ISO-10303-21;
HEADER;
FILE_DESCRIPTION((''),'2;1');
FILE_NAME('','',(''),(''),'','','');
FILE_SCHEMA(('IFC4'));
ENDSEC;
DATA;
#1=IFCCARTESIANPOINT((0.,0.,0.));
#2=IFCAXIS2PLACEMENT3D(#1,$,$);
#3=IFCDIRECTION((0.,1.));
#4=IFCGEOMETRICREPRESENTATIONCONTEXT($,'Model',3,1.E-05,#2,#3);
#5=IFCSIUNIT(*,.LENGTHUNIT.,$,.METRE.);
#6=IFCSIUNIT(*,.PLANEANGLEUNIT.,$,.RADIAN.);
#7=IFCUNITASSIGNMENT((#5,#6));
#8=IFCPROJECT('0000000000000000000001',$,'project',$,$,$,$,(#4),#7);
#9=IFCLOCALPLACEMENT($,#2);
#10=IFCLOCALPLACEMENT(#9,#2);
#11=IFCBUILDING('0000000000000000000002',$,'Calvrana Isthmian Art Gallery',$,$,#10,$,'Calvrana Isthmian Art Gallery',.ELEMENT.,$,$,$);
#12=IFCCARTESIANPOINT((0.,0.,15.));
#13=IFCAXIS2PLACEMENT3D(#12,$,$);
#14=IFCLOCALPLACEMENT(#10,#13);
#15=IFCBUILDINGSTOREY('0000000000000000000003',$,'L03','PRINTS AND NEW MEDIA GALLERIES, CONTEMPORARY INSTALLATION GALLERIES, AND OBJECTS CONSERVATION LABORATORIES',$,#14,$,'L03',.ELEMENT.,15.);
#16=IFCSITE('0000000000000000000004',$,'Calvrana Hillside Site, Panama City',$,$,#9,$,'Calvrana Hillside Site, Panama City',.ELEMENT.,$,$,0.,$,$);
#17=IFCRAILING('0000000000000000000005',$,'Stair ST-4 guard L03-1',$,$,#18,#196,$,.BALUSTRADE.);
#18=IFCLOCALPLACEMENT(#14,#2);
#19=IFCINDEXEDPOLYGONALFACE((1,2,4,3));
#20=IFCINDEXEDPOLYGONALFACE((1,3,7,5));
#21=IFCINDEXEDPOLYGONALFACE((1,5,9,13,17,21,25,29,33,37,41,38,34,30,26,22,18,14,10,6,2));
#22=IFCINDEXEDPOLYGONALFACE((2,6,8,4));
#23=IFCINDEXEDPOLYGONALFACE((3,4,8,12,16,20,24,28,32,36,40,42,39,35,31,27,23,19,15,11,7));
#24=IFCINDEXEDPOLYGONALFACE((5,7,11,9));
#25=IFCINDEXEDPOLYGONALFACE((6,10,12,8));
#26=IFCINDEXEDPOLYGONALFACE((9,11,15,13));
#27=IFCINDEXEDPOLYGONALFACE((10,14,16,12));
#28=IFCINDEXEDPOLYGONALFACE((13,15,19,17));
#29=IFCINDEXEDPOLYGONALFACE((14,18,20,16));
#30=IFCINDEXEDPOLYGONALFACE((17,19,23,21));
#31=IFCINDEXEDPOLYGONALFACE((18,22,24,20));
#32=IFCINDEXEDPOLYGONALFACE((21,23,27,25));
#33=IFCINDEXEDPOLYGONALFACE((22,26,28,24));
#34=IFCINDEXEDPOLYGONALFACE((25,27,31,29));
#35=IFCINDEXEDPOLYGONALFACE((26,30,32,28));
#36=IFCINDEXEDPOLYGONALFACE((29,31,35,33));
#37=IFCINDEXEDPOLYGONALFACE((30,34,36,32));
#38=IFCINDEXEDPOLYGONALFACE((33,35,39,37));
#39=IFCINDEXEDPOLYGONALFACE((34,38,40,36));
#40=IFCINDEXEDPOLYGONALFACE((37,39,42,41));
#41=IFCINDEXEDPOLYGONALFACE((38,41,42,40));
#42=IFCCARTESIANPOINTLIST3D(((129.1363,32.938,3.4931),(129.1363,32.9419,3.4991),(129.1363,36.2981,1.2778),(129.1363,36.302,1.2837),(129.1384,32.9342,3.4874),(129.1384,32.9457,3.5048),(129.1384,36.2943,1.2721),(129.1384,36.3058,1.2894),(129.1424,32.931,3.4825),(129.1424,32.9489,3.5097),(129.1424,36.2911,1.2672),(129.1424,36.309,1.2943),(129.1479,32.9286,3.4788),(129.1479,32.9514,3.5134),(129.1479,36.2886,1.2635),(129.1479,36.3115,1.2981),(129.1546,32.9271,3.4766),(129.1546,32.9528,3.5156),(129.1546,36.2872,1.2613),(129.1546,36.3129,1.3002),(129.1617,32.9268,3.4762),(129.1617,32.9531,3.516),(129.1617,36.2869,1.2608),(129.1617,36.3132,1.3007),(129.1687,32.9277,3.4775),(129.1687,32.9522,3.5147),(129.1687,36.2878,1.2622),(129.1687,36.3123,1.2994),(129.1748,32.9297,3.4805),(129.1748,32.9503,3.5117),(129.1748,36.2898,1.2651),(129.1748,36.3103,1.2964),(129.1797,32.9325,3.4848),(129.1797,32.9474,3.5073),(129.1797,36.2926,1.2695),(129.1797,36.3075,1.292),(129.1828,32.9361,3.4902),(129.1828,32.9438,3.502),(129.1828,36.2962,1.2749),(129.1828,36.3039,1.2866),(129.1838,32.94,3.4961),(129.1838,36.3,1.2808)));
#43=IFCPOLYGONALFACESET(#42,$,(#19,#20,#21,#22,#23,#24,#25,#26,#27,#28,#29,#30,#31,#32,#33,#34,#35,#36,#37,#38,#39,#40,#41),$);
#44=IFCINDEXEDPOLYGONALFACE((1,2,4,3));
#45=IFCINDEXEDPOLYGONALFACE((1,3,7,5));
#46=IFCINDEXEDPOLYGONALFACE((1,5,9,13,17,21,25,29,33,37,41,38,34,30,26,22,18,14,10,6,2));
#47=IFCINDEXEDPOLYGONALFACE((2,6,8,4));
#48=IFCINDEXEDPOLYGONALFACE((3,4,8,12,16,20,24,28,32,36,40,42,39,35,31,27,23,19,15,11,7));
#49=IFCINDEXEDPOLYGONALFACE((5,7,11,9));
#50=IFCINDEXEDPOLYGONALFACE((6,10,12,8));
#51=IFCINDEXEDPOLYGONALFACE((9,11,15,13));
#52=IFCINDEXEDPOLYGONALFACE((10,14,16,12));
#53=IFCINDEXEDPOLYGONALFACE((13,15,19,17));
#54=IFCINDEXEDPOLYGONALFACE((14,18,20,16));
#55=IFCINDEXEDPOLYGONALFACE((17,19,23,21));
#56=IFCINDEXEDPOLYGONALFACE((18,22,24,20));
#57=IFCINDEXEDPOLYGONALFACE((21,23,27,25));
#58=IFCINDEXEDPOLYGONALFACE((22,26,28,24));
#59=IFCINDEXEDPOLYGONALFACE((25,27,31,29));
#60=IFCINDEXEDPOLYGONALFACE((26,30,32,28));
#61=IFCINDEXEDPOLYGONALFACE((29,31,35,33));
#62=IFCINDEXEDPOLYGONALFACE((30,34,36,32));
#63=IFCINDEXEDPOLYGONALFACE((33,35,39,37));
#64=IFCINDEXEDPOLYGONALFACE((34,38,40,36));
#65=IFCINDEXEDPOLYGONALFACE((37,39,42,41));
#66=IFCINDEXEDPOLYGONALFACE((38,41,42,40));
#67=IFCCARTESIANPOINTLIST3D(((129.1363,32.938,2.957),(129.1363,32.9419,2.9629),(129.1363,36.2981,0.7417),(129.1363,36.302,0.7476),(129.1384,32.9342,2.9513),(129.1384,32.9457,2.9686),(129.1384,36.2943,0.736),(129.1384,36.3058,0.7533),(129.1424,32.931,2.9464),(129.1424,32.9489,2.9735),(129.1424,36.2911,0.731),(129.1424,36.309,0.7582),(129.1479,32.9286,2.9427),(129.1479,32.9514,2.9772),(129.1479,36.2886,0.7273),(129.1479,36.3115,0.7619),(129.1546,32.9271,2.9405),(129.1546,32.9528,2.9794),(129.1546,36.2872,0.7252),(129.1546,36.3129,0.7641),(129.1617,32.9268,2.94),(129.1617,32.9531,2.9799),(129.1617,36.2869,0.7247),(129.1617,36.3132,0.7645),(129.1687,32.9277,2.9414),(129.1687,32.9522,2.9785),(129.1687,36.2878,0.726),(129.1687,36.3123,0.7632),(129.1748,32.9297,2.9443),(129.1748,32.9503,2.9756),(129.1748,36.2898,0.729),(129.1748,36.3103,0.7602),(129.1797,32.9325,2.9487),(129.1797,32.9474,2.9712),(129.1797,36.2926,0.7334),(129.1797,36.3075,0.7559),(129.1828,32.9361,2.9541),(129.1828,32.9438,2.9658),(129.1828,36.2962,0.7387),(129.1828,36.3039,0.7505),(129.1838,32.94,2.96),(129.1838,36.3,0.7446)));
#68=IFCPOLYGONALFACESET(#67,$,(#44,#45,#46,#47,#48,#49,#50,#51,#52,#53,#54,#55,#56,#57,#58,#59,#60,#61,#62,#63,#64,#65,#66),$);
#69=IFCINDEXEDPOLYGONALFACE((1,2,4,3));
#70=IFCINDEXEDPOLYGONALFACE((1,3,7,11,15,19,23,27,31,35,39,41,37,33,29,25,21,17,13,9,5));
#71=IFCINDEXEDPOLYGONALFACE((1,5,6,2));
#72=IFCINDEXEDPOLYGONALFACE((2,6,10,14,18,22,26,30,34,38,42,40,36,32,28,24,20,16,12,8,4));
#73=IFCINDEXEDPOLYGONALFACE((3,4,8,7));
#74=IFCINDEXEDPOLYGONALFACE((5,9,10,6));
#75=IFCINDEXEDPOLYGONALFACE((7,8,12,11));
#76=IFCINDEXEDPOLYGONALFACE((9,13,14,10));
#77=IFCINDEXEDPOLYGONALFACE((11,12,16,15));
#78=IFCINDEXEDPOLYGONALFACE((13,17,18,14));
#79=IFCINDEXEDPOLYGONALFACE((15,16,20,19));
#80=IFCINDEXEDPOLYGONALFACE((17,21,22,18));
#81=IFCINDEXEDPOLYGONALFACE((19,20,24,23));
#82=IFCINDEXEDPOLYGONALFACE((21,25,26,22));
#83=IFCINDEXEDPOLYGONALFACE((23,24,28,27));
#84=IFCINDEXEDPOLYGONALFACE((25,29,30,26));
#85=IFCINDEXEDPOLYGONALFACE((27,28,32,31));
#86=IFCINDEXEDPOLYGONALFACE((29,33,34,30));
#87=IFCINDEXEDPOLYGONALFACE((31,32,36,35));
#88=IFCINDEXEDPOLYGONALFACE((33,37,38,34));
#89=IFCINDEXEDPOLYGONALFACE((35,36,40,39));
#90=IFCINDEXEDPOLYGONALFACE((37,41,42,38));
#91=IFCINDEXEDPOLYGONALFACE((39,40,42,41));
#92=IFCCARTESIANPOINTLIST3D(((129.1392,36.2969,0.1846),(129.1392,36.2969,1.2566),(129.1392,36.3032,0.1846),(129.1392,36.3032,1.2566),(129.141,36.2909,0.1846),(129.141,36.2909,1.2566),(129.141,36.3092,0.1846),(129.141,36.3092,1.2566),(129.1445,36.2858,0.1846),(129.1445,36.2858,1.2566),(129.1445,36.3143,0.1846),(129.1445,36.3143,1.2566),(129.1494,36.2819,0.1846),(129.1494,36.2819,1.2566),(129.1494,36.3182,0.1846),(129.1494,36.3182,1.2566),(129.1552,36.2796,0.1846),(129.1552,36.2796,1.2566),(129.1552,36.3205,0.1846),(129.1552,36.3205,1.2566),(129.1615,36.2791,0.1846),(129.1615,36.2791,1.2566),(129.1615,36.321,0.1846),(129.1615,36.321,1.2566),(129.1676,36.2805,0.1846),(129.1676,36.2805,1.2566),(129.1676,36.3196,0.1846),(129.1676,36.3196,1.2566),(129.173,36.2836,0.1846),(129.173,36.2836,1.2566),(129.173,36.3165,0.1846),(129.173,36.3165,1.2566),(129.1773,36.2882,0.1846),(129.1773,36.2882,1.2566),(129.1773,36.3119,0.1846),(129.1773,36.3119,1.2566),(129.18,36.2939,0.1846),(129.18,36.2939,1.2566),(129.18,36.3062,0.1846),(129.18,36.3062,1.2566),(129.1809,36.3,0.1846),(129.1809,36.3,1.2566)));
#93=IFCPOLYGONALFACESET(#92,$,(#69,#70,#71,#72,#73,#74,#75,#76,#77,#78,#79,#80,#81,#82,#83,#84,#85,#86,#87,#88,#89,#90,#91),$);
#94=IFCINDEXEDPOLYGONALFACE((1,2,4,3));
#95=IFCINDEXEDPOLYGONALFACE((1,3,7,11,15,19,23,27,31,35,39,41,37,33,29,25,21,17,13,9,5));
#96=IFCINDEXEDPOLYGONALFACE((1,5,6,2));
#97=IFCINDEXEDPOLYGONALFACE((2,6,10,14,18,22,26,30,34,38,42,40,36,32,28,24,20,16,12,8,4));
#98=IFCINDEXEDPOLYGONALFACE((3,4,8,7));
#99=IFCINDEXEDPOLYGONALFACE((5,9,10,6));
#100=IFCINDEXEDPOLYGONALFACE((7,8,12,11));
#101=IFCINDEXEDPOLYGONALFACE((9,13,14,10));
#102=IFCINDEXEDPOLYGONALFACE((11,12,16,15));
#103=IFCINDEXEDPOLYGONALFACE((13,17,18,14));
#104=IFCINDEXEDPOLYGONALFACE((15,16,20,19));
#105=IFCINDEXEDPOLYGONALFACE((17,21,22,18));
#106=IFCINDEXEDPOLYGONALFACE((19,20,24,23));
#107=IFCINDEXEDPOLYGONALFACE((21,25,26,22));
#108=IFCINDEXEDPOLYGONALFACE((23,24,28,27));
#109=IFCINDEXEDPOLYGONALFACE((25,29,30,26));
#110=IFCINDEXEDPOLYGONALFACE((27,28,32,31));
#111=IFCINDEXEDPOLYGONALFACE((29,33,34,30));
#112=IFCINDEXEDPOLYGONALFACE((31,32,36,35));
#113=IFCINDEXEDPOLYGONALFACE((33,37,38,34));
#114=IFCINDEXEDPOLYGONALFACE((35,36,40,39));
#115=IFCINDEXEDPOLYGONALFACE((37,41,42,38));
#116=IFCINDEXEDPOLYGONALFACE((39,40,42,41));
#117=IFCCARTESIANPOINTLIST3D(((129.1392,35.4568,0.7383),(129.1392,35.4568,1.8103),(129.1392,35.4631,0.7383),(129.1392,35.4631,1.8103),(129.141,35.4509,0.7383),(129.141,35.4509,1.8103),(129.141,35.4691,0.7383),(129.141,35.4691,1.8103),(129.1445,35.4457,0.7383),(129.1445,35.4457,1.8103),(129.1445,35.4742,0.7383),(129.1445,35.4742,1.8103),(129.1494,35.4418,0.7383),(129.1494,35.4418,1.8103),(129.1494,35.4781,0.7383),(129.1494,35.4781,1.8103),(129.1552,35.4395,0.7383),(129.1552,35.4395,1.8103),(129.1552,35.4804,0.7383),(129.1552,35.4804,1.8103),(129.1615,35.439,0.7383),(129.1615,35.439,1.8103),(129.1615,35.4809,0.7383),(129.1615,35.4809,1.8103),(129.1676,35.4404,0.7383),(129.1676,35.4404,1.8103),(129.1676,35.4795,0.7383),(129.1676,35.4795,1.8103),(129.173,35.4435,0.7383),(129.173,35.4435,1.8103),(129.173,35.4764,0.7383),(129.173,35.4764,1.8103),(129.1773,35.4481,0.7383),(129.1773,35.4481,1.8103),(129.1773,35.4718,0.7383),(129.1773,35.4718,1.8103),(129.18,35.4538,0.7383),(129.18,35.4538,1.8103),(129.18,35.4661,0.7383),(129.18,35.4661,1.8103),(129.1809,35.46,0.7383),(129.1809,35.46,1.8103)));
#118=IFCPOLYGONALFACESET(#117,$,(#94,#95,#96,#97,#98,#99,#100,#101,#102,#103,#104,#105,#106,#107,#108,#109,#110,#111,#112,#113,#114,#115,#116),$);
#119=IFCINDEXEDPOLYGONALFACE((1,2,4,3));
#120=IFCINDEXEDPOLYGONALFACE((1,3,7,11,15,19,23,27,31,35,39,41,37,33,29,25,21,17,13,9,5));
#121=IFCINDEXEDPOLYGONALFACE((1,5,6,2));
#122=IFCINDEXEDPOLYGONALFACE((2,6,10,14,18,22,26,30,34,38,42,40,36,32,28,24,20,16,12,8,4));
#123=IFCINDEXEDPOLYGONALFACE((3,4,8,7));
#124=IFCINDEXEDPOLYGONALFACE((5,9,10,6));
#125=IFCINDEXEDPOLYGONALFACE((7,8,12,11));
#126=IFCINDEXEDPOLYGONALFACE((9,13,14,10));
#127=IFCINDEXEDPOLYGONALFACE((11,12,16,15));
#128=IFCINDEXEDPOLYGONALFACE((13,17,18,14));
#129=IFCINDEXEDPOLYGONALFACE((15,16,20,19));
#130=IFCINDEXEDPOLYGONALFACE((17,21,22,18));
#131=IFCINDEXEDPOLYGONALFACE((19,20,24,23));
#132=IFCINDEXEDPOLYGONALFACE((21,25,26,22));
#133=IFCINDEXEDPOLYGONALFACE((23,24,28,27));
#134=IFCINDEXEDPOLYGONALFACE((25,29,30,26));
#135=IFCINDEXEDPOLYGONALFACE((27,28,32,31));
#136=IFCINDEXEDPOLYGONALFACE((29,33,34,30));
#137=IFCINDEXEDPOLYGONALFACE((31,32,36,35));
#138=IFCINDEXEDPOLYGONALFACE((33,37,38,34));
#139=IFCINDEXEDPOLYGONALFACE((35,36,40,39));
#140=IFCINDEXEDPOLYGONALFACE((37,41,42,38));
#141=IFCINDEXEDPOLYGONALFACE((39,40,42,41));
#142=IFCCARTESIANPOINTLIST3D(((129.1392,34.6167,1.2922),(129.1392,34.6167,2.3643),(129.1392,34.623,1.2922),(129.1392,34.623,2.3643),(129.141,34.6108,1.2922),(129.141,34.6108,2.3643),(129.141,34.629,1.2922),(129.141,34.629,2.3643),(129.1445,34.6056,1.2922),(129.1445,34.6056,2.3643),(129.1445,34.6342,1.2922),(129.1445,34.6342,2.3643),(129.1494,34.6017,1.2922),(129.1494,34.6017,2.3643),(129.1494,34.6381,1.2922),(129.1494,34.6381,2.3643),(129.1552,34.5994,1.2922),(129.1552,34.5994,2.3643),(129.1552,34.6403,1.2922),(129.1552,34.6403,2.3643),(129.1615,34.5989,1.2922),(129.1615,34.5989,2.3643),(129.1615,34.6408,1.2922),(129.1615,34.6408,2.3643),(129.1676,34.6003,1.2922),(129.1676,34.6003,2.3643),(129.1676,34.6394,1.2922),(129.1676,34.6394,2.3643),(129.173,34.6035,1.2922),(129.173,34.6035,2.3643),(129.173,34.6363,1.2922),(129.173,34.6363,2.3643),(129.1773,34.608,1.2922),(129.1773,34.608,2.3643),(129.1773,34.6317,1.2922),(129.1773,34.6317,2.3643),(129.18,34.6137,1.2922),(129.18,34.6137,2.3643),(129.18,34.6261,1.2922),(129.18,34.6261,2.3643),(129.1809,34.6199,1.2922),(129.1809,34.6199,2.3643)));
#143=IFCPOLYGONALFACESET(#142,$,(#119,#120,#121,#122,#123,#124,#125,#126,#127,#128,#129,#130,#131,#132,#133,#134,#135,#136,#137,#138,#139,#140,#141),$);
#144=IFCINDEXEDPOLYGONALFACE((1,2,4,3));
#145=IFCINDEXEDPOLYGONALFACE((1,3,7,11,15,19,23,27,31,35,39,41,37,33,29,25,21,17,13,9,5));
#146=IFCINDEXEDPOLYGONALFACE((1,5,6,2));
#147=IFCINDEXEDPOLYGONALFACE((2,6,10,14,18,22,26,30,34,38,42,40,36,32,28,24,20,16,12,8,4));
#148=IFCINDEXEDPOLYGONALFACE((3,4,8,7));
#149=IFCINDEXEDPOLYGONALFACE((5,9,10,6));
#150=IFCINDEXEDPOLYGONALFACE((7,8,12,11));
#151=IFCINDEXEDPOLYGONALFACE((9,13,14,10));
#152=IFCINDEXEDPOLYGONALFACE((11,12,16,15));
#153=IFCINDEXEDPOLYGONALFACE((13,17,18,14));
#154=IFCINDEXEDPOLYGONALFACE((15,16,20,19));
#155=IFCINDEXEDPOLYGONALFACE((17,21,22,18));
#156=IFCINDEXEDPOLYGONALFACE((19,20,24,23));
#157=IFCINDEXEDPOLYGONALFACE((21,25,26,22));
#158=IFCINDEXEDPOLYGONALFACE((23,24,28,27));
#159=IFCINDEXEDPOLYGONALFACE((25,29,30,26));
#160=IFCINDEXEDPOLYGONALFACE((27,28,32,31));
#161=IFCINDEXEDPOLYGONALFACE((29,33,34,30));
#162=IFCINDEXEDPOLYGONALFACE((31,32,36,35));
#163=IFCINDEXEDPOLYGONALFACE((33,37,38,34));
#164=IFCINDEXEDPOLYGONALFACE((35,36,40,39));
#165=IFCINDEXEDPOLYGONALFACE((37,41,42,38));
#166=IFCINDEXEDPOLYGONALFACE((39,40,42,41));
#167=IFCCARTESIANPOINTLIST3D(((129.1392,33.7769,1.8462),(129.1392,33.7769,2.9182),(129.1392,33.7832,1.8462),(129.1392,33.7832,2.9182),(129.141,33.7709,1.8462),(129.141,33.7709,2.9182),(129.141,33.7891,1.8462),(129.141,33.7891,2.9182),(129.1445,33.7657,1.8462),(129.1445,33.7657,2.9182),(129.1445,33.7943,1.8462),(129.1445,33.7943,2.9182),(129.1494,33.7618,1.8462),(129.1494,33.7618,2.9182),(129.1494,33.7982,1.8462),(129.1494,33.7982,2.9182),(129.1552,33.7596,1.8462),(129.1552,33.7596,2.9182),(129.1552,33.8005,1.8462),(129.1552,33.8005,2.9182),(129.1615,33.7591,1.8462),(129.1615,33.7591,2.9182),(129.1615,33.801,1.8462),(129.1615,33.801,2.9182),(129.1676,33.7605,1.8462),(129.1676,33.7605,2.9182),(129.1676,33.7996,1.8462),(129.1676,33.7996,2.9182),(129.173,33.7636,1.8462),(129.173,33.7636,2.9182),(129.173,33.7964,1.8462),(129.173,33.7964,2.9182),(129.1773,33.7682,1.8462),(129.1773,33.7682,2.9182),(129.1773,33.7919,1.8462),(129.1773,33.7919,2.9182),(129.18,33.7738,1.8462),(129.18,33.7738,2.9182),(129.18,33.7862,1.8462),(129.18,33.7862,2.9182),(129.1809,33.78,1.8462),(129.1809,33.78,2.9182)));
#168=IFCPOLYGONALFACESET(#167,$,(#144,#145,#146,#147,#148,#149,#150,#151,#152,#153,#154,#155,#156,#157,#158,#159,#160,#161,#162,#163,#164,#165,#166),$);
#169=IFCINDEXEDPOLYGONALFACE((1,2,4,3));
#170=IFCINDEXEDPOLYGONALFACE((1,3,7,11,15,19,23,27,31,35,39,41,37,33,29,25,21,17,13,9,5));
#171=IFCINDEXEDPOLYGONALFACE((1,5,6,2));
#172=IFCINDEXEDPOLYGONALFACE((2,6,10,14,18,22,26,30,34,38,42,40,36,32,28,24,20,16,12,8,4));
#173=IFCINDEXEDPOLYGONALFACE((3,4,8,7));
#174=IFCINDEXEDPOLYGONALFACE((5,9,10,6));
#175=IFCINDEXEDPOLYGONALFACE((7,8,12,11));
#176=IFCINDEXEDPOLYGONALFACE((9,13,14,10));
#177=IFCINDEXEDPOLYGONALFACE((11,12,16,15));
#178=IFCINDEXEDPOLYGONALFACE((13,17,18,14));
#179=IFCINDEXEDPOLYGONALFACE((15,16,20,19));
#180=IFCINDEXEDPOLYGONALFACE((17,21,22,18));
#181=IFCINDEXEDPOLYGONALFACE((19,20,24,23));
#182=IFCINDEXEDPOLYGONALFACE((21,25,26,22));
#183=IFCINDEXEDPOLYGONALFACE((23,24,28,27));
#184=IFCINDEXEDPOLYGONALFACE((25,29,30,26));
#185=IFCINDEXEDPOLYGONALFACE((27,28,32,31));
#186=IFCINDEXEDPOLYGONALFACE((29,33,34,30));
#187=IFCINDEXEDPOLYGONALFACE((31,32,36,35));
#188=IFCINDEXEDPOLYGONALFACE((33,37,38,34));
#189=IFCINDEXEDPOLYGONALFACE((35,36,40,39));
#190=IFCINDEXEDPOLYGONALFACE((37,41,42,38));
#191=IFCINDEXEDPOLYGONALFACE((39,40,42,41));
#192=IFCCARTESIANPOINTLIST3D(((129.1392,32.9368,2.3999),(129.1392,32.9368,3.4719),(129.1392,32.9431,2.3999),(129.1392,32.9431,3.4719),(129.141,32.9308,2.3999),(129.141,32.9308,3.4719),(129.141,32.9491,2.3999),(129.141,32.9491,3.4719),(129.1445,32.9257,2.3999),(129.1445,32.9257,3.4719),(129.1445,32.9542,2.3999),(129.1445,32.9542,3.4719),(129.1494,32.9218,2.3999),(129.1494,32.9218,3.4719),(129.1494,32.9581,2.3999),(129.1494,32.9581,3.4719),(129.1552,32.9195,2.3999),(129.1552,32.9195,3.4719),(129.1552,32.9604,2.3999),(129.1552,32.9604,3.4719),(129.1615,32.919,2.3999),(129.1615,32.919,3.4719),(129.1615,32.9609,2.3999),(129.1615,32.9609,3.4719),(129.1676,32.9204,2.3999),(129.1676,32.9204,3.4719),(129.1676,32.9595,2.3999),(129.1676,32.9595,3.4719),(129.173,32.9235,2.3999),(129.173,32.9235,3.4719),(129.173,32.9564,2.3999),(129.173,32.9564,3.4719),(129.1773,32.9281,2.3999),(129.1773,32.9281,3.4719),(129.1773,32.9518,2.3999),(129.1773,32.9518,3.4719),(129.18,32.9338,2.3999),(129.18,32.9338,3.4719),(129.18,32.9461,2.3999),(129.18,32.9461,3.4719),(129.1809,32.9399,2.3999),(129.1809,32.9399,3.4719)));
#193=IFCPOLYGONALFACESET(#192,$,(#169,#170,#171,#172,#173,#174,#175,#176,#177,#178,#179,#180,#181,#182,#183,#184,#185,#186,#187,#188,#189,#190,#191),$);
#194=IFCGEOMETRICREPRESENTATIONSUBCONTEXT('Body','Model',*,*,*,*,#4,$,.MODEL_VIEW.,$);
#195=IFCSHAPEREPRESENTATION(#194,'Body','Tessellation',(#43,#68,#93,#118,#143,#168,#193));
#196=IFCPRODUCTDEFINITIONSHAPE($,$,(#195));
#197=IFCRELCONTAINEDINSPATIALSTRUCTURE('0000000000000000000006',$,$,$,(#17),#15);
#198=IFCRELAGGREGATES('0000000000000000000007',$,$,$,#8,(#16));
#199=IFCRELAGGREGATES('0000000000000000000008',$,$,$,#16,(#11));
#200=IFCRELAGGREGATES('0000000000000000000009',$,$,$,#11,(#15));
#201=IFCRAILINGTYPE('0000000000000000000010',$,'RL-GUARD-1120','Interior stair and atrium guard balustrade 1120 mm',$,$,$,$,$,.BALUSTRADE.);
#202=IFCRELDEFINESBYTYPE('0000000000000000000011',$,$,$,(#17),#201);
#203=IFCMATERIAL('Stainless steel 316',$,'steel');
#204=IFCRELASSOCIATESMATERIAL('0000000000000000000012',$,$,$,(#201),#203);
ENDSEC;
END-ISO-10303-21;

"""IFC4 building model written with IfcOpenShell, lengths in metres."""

from ifc_helpers import new_model, si_unit, direction, frame, origin, origin_2d, place, context, subcontext, project, spatial, circle, extrude, material, type_object, element, save


model = new_model("IFC4")

# Units and contexts
model_context = context("Model", 3, precision=1e-05, world=origin(), true_north=direction((0.0, 1.0)))
body_context = subcontext(model_context, "Body", "Model", "MODEL_VIEW")
ifc_project = project(units=[si_unit("LENGTHUNIT", "METRE"), si_unit("PLANEANGLEUNIT", "RADIAN")], contexts=[model_context])

# Site, building, storey
site_placement = place(None, origin())
site = spatial("IfcSite", under=ifc_project, at=site_placement, Name="Calvrana Hillside Site, Panama City", LongName="Calvrana Hillside Site, Panama City", CompositionType="ELEMENT", RefElevation=0.0)
building_placement = place(site_placement, origin())
building = spatial("IfcBuilding", under=site, at=building_placement, Name="Calvrana Isthmian Art Gallery", LongName="Calvrana Isthmian Art Gallery", CompositionType="ELEMENT")
storey_placement = place(building_placement, frame((0.0, 0.0, 15.0)))
storey = spatial("IfcBuildingStorey", under=building, at=storey_placement, Name="L03", Description="PRINTS AND NEW MEDIA GALLERIES, CONTEMPORARY INSTALLATION GALLERIES, AND OBJECTS CONSERVATION LABORATORIES", LongName="L03", CompositionType="ELEMENT", Elevation=15.0)

# Shared definitions
ifc_material_1 = material(Name="Stainless steel 316", Category="steel")

# Railing
railing_type_1 = type_object("IfcRailingType", Name="RL-GUARD-1120", Description="Interior stair and atrium guard balustrade 1120 mm", PredefinedType="BALUSTRADE", material=ifc_material_1)
railing_1_placement = place(storey_placement, frame((129.1599, 36.3, 0.1846)))
element("IfcRailing", 1, at=railing_1_placement, inside=storey, type_object=railing_type_1, Name="Stair ST-4 guard L03-1", PredefinedType="BALUSTRADE", context=body_context, shape_type="SweptSolid", body=[
    extrude(circle(Radius=0.0239, at=origin_2d()), frame((0.0, 0.0, 1.0962), z_axis=(0.0, -0.834876, 0.550437), x_axis=(1.0, 0.0, 0.0)), (0.0, 0.0, 1.0), 4.0247),
    extrude(circle(Radius=0.0239, at=origin_2d()), frame((0.0, 0.0, 0.5601), z_axis=(0.0, -0.834876, 0.550437), x_axis=(1.0, 0.0, 0.0)), (0.0, 0.0, 1.0), 4.0247),
    extrude(circle(Radius=0.021, at=origin_2d()), origin(), (0.0, 0.0, 1.0), 1.072),
    extrude(circle(Radius=0.021, at=origin_2d()), frame((0.0, -0.8401, 0.5537)), (0.0, 0.0, 1.0), 1.072),
    extrude(circle(Radius=0.021, at=origin_2d()), frame((0.0, -1.6802, 1.1077)), (0.0, 0.0, 1.0), 1.072),
    extrude(circle(Radius=0.021, at=origin_2d()), frame((0.0, -2.52, 1.6616)), (0.0, 0.0, 1.0), 1.072),
    extrude(circle(Radius=0.021, at=origin_2d()), frame((0.0, -3.3601, 2.2153)), (0.0, 0.0, 1.0), 1.072),
])

save(model, "model.ifc")
